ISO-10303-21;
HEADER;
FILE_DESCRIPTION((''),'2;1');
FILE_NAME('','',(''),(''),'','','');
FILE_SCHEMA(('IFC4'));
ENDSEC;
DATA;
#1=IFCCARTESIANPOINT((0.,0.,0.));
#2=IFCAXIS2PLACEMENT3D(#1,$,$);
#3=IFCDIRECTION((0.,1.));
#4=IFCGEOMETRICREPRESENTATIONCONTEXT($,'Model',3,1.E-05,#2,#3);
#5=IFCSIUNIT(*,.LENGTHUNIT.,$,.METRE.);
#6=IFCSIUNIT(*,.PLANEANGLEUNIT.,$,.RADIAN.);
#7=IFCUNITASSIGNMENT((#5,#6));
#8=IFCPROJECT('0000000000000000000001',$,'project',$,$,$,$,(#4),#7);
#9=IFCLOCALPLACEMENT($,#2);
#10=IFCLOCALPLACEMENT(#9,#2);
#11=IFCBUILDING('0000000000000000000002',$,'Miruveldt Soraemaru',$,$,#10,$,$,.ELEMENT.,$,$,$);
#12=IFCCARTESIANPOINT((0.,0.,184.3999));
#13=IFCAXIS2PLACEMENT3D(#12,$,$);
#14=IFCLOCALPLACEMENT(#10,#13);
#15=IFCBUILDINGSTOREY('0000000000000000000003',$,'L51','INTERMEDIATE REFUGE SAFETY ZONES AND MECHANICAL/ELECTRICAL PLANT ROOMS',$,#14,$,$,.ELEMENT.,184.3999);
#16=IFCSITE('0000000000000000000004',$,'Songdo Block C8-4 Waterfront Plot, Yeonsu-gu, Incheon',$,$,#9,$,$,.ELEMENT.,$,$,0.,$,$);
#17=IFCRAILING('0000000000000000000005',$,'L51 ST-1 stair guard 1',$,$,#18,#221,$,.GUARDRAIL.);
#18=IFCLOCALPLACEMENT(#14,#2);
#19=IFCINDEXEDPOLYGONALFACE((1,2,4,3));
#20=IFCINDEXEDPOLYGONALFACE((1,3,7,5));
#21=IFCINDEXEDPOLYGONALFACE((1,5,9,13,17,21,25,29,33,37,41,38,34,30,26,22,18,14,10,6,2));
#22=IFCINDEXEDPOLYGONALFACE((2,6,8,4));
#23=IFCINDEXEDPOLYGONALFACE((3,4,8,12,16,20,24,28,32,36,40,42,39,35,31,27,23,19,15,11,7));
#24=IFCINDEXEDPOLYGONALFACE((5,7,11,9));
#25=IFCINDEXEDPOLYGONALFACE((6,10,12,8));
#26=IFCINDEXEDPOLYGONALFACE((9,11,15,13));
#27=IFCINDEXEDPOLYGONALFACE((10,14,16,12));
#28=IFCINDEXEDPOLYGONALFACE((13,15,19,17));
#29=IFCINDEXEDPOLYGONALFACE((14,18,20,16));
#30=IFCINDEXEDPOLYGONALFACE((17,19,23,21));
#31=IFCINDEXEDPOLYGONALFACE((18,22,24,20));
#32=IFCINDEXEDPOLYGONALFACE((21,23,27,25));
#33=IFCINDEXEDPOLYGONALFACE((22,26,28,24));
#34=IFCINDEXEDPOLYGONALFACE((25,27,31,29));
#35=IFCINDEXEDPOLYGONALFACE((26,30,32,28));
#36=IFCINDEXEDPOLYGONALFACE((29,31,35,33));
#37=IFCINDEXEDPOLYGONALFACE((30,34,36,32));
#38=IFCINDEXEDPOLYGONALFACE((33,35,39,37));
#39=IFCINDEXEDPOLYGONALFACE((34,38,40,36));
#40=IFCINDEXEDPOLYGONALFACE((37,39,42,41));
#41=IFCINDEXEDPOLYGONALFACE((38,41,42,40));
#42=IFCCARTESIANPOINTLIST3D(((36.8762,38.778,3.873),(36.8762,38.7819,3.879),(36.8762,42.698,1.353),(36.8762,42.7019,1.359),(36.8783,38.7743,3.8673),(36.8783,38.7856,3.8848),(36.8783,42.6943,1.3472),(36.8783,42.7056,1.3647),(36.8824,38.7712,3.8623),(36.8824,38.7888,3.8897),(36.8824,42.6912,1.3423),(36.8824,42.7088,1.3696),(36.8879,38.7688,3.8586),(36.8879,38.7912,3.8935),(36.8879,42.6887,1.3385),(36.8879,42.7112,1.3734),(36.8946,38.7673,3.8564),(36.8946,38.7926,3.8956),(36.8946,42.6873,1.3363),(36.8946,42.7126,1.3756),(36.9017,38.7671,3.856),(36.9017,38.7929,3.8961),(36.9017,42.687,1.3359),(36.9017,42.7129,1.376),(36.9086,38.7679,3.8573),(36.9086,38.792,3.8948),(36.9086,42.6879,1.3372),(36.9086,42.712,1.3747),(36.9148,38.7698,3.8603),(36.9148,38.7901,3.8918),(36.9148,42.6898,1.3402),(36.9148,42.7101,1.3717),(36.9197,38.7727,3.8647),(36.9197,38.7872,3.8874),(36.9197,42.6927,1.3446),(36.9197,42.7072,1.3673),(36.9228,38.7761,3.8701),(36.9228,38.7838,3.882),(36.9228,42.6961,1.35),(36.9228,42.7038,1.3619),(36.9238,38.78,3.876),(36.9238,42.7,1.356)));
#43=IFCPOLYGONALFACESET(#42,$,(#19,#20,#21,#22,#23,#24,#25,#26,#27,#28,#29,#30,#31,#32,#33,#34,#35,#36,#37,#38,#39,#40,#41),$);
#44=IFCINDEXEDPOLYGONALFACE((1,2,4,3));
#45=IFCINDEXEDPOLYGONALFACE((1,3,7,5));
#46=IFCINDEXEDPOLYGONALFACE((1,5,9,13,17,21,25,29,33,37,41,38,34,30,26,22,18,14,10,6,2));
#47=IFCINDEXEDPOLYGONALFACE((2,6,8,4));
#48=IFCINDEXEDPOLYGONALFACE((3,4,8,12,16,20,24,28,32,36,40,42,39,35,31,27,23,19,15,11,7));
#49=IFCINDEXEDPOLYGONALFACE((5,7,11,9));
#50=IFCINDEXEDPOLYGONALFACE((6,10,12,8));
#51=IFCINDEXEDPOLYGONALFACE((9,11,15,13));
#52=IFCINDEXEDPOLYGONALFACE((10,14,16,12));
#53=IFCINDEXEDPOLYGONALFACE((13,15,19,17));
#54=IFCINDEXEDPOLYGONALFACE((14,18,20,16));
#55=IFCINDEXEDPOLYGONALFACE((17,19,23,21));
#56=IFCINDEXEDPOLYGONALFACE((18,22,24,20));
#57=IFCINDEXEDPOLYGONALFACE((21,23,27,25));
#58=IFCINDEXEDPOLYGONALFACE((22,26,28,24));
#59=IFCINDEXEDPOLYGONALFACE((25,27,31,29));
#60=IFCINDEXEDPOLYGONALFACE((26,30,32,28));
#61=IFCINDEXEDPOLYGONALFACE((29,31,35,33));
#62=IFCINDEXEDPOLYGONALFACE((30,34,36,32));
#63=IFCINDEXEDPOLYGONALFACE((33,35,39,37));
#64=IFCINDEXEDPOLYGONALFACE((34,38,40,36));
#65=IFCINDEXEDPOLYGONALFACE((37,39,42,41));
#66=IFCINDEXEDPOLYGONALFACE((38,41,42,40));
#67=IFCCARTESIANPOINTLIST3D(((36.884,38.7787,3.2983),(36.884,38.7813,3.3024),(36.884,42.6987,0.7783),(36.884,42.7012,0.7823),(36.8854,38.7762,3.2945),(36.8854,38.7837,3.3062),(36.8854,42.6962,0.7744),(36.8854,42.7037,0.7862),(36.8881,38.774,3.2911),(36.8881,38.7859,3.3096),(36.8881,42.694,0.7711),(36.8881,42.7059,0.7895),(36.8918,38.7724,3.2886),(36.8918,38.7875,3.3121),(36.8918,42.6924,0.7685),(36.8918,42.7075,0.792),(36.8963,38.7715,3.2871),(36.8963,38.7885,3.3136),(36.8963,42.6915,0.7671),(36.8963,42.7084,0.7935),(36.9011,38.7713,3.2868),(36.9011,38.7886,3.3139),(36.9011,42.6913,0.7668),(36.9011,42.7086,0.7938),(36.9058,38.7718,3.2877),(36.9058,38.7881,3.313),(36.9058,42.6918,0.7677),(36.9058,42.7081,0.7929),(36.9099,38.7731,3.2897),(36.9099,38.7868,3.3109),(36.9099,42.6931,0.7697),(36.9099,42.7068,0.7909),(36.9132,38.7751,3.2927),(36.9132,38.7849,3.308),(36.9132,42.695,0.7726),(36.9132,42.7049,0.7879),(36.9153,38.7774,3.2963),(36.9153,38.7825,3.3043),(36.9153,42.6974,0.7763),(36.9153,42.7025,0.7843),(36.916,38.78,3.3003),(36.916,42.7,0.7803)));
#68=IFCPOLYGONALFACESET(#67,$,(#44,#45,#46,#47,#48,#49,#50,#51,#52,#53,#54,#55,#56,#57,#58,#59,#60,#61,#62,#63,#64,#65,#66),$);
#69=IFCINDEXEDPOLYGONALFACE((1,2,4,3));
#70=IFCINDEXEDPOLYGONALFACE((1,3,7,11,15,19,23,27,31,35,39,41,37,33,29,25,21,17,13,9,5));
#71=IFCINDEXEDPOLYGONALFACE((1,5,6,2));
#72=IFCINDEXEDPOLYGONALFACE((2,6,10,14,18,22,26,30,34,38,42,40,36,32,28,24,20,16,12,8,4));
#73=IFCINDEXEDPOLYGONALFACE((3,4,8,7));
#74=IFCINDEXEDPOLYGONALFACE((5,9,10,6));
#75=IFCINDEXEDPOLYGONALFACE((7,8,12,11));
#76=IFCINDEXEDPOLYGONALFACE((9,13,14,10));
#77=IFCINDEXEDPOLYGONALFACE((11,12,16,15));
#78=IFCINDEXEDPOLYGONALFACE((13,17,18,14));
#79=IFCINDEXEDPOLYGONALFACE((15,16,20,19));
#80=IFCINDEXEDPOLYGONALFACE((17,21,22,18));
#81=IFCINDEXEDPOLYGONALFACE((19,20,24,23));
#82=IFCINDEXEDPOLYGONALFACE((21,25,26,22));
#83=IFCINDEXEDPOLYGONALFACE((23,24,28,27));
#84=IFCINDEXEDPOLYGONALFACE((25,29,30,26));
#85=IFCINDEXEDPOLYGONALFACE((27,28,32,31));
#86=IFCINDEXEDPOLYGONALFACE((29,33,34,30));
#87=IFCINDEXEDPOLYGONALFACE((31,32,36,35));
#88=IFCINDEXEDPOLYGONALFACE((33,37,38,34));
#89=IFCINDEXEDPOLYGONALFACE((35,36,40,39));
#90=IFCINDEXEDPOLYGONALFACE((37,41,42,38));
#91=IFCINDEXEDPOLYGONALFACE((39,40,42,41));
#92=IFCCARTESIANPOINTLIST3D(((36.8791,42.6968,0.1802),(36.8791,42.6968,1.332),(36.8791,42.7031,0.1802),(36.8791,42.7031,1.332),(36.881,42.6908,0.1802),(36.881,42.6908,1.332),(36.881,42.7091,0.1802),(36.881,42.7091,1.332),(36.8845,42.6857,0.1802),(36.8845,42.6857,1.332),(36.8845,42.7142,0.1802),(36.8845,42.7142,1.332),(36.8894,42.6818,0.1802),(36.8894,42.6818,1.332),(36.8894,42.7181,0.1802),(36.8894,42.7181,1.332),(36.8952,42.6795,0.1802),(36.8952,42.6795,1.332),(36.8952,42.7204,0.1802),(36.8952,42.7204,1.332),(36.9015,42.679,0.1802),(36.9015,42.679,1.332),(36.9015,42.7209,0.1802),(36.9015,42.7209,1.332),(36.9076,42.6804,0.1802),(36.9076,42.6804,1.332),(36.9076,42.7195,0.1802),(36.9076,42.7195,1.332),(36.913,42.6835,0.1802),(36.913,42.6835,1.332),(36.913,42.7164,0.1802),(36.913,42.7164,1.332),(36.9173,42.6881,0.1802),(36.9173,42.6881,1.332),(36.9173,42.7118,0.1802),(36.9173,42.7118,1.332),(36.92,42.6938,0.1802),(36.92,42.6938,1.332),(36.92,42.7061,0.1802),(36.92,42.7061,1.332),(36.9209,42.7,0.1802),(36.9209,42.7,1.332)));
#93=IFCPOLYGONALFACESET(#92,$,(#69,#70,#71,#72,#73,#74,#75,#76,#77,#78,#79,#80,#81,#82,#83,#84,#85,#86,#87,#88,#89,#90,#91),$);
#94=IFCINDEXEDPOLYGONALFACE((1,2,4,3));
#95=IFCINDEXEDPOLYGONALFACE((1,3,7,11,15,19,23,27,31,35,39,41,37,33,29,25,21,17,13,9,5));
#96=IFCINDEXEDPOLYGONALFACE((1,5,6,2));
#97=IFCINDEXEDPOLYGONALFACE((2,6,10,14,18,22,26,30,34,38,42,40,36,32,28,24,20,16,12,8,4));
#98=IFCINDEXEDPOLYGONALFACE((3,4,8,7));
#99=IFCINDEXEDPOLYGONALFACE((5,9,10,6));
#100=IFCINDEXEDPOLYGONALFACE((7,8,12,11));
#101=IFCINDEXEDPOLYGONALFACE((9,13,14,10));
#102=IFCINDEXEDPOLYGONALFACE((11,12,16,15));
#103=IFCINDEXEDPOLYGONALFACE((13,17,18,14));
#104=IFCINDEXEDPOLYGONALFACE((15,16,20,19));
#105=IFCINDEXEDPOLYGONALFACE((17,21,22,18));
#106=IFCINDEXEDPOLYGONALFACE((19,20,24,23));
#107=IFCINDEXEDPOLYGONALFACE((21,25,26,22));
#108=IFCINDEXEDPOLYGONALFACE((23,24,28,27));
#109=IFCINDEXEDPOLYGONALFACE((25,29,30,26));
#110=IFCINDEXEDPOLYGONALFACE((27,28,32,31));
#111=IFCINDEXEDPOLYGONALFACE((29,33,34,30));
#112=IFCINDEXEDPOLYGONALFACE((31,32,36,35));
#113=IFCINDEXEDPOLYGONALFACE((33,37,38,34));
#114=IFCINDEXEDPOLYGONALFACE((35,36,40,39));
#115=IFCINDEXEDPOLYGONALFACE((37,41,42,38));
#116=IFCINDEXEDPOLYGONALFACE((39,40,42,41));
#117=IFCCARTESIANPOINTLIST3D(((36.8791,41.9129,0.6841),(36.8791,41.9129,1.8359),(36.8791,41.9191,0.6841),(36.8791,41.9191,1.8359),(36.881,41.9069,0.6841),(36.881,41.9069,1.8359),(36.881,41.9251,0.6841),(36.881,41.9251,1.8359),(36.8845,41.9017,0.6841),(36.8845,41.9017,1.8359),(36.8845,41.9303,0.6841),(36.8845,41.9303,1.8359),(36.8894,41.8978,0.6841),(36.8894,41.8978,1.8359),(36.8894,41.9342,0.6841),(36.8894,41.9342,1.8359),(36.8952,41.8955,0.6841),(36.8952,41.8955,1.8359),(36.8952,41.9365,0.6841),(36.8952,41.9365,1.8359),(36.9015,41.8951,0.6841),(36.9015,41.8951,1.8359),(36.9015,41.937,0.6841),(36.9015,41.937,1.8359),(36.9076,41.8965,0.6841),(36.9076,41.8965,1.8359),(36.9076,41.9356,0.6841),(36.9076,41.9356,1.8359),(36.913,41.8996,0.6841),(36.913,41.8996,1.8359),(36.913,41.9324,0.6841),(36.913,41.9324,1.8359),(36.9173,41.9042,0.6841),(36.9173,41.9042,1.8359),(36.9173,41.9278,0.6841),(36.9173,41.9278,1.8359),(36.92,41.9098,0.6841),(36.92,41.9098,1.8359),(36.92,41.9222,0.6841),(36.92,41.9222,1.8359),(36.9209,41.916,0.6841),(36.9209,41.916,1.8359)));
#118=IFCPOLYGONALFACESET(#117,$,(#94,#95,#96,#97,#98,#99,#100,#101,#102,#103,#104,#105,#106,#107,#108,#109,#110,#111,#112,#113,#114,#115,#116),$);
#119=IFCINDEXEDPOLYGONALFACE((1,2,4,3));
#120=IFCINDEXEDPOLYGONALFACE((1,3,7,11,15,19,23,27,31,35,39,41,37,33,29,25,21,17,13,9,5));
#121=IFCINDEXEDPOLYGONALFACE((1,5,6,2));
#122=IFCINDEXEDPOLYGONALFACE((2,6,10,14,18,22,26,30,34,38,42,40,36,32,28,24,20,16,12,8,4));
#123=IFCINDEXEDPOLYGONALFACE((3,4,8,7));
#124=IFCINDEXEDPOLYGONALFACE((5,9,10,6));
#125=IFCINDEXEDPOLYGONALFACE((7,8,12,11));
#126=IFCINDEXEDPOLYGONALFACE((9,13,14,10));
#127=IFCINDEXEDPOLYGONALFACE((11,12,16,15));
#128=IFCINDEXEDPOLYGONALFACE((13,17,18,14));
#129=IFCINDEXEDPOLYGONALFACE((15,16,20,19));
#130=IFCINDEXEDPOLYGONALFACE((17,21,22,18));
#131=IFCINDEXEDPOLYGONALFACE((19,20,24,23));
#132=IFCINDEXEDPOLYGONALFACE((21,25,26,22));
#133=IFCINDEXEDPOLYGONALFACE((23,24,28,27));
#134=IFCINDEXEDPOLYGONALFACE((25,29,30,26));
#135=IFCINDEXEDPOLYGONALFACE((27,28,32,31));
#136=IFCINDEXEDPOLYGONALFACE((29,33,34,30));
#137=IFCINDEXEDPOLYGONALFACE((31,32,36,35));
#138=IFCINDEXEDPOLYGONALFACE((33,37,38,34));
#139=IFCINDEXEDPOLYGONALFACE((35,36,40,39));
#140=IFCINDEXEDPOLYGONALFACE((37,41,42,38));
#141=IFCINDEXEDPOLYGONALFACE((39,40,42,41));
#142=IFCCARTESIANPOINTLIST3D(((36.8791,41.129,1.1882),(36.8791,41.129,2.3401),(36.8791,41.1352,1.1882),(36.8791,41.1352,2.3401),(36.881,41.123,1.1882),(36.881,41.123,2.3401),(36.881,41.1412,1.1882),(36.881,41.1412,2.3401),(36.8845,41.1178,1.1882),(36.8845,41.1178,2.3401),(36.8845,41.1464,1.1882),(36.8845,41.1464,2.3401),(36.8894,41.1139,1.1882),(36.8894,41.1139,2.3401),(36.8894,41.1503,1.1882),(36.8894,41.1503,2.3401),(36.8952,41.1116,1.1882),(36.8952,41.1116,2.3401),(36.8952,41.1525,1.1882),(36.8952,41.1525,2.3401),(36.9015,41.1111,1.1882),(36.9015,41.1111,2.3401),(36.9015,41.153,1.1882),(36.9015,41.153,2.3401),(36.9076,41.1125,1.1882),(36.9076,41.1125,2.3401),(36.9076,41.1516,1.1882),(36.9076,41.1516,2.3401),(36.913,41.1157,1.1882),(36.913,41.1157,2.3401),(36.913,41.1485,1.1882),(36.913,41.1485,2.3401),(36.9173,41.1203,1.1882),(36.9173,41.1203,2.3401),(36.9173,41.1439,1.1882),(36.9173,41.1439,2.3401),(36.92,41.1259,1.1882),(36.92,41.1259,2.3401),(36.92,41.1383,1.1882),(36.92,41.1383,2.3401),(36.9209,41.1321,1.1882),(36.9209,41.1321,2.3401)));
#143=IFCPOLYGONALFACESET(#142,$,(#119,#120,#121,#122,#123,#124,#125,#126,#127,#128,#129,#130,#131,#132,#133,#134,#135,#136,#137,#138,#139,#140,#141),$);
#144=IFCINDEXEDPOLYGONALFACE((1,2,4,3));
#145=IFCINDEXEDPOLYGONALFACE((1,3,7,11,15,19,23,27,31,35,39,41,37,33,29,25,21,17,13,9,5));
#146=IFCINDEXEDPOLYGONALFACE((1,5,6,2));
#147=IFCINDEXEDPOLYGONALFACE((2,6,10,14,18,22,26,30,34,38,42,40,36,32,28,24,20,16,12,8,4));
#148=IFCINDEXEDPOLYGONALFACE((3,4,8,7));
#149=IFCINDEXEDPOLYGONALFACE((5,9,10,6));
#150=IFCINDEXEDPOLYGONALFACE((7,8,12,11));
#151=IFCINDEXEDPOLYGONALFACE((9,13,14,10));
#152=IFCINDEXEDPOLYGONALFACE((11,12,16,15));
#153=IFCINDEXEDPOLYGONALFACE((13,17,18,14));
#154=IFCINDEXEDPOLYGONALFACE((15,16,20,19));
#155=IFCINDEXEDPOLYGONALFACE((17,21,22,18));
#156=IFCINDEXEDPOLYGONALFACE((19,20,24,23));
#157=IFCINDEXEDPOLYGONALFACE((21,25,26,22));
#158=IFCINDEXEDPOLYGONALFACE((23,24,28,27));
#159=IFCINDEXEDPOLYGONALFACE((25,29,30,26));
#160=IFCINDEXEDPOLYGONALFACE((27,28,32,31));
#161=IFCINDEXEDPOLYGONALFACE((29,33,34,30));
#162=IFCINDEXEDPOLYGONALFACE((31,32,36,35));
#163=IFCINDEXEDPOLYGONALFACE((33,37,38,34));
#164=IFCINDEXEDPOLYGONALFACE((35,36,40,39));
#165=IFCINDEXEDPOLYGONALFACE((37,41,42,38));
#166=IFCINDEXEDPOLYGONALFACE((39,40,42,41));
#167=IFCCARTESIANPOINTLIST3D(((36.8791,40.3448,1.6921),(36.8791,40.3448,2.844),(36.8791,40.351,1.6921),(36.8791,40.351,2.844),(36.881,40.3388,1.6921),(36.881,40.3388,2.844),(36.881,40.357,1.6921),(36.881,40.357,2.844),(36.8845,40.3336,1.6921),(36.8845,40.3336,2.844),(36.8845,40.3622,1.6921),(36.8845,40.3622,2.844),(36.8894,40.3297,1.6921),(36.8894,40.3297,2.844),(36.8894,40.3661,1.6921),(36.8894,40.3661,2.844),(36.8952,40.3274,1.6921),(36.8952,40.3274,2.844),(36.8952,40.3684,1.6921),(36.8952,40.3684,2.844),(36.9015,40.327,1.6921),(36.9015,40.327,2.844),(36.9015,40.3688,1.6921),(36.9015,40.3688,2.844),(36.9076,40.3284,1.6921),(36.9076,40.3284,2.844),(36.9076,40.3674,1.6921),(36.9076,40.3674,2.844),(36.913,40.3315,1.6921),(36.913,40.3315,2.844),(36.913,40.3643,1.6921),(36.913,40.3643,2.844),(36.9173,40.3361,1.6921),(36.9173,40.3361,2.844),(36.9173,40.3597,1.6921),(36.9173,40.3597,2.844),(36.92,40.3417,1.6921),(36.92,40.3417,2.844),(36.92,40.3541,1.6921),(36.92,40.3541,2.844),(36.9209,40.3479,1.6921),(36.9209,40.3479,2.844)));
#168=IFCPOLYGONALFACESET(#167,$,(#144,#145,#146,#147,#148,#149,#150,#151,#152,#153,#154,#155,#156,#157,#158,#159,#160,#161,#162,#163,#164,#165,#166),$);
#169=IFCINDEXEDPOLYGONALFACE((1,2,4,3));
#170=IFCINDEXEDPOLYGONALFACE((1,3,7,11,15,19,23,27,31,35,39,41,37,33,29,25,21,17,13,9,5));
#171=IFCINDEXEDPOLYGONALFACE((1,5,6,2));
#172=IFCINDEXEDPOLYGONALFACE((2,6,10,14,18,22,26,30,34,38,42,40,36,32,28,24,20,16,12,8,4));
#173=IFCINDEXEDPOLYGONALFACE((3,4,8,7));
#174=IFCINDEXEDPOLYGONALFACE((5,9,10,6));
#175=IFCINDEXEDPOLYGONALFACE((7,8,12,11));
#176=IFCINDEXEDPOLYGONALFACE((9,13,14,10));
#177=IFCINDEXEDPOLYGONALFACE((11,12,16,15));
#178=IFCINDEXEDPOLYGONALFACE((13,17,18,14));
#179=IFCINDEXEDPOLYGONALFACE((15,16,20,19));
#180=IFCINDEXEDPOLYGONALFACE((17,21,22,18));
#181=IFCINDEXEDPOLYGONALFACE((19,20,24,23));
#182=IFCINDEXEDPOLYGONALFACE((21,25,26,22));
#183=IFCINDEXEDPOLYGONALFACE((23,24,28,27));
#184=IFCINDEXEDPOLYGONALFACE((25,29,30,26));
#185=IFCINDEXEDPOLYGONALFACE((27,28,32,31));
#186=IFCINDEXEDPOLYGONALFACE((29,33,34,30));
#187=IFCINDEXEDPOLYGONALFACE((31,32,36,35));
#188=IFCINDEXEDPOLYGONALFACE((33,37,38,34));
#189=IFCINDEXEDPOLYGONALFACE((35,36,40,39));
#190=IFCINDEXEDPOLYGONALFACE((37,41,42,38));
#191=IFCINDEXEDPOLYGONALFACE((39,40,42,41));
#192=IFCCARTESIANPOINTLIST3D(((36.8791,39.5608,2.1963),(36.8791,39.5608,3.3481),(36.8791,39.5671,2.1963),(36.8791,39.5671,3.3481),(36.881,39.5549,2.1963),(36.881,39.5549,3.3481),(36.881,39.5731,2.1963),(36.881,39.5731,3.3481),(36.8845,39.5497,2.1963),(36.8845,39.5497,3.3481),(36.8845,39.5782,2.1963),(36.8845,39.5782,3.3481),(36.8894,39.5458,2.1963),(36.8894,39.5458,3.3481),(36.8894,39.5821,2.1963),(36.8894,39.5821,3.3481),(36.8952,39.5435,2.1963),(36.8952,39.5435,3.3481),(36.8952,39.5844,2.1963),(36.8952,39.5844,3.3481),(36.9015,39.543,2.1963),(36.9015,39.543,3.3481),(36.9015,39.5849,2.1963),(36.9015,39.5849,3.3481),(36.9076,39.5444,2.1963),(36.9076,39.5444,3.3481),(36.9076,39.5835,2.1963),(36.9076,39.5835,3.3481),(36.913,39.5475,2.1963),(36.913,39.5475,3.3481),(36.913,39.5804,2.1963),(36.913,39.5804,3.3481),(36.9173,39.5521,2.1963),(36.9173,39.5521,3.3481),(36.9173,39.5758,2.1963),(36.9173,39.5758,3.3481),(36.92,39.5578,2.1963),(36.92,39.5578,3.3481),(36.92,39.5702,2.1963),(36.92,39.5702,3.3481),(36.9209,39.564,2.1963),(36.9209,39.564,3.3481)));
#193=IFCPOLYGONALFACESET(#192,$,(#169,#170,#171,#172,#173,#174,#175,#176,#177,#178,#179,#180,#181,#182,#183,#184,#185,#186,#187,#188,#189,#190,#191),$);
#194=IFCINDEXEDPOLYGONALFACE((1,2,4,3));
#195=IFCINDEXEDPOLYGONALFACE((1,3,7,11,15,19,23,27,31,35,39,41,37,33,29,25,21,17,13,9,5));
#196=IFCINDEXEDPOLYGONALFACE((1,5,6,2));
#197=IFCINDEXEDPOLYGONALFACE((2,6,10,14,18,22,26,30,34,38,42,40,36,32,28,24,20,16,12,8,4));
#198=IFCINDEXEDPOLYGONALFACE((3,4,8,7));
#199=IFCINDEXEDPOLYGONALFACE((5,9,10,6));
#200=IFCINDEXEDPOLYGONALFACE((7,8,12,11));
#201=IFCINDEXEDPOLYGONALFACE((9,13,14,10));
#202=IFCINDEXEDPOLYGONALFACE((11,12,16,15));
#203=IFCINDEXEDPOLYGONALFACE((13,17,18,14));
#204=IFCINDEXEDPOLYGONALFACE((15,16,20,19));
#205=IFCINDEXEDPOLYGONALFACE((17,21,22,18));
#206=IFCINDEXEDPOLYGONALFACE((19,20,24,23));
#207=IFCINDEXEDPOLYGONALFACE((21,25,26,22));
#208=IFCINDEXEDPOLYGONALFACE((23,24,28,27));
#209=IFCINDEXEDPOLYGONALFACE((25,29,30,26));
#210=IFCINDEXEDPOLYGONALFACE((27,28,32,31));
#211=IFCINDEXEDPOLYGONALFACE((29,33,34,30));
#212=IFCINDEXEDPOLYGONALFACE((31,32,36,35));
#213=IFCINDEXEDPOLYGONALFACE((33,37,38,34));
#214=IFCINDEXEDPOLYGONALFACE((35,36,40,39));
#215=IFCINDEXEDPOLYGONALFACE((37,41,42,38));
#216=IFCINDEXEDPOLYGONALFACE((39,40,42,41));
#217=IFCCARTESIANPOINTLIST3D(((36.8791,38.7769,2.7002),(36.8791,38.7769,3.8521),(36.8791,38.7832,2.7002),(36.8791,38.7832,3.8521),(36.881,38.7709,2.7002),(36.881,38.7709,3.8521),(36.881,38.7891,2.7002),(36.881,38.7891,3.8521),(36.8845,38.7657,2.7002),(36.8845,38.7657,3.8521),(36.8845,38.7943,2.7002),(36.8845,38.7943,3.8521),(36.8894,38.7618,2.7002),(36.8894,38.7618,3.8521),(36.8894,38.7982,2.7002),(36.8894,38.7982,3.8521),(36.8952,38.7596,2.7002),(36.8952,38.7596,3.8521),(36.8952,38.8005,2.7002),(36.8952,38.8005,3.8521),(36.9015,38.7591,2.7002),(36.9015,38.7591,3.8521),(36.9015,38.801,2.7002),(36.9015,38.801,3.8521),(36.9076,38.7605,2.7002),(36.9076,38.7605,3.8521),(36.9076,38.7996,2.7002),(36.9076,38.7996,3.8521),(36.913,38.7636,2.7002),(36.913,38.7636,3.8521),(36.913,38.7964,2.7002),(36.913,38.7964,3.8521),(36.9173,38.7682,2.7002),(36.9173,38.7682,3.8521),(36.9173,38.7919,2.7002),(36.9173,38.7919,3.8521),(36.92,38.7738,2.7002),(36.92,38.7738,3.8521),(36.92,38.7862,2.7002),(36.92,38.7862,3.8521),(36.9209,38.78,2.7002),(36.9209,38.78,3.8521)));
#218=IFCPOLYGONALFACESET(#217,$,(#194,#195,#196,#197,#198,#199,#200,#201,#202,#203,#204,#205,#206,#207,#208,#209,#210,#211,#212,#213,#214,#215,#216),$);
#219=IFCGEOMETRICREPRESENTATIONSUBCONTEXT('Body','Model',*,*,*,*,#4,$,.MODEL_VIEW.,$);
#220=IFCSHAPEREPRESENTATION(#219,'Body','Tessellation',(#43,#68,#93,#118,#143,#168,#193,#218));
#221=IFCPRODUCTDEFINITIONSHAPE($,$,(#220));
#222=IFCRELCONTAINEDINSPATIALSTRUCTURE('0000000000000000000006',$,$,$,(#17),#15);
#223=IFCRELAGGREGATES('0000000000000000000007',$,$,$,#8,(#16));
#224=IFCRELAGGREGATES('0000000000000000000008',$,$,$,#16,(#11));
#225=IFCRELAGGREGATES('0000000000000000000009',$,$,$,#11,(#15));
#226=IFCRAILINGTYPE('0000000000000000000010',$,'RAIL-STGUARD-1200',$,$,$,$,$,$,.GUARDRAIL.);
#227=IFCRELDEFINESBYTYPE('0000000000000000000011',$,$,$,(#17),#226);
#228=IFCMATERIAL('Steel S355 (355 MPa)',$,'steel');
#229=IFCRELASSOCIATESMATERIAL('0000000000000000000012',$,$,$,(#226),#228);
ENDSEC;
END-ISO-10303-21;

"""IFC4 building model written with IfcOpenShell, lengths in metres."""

from ifc_helpers import new_model, si_unit, direction, frame, origin, origin_2d, place, context, subcontext, project, spatial, circle, extrude, material, type_object, element, save


model = new_model("IFC4")

# Units and contexts
model_context = context("Model", 3, precision=1e-05, world=origin(), true_north=direction((0.0, 1.0)))
body_context = subcontext(model_context, "Body", "Model", "MODEL_VIEW")
ifc_project = project(units=[si_unit("LENGTHUNIT", "METRE"), si_unit("PLANEANGLEUNIT", "RADIAN")], contexts=[model_context])

# Site, building, storey
site_placement = place(None, origin())
site = spatial("IfcSite", under=ifc_project, at=site_placement, Name="Songdo Block C8-4 Waterfront Plot, Yeonsu-gu, Incheon", CompositionType="ELEMENT", RefElevation=0.0)
building_placement = place(site_placement, origin())
building = spatial("IfcBuilding", under=site, at=building_placement, Name="Miruveldt Soraemaru", CompositionType="ELEMENT")
storey_placement = place(building_placement, frame((0.0, 0.0, 184.3999)))
storey = spatial("IfcBuildingStorey", under=building, at=storey_placement, Name="L51", Description="INTERMEDIATE REFUGE SAFETY ZONES AND MECHANICAL/ELECTRICAL PLANT ROOMS", CompositionType="ELEMENT", Elevation=184.3999)

# Railing
ifc_material_1 = material(Name="Steel S355 (355 MPa)", Category="steel")
railing_type_1 = type_object("IfcRailingType", Name="RAIL-STGUARD-1200", PredefinedType="GUARDRAIL", material=ifc_material_1)
railing_1_placement = place(storey_placement, frame((36.8999, 42.7, 0.1802)))
element("IfcRailing", 1, at=railing_1_placement, inside=storey, type_object=railing_type_1, Name="L51 ST-1 stair guard 1", PredefinedType="GUARDRAIL", context=body_context, shape_type="SweptSolid", body=[
    extrude(circle(Radius=0.0239, at=origin_2d()), frame((0.0, 0.0, 1.1758), z_axis=(0.0, -0.841172, 0.540768), x_axis=(1.0, 0.0, 0.0)), (0.0, 0.0, 1.0), 4.6602),
    extrude(circle(Radius=0.0161, at=origin_2d()), frame((0.0, 0.0, 0.6001), z_axis=(0.0, -0.841172, 0.540768), x_axis=(1.0, 0.0, 0.0)), (0.0, 0.0, 1.0), 4.6602),
    extrude(circle(Radius=0.021, at=origin_2d()), origin(), (0.0, 0.0, 1.0), 1.1519),
    extrude(circle(Radius=0.021, at=origin_2d()), frame((0.0, -0.7839, 0.5039)), (0.0, 0.0, 1.0), 1.1519),
    extrude(circle(Radius=0.021, at=origin_2d()), frame((0.0, -1.5679, 1.0081)), (0.0, 0.0, 1.0), 1.1519),
    extrude(circle(Radius=0.021, at=origin_2d()), frame((0.0, -2.3521, 1.512)), (0.0, 0.0, 1.0), 1.1519),
    extrude(circle(Radius=0.021, at=origin_2d()), frame((0.0, -3.136, 2.0161)), (0.0, 0.0, 1.0), 1.1519),
    extrude(circle(Radius=0.021, at=origin_2d()), frame((0.0, -3.9199, 2.52)), (0.0, 0.0, 1.0), 1.1519),
])

save(model, "model.ifc")
